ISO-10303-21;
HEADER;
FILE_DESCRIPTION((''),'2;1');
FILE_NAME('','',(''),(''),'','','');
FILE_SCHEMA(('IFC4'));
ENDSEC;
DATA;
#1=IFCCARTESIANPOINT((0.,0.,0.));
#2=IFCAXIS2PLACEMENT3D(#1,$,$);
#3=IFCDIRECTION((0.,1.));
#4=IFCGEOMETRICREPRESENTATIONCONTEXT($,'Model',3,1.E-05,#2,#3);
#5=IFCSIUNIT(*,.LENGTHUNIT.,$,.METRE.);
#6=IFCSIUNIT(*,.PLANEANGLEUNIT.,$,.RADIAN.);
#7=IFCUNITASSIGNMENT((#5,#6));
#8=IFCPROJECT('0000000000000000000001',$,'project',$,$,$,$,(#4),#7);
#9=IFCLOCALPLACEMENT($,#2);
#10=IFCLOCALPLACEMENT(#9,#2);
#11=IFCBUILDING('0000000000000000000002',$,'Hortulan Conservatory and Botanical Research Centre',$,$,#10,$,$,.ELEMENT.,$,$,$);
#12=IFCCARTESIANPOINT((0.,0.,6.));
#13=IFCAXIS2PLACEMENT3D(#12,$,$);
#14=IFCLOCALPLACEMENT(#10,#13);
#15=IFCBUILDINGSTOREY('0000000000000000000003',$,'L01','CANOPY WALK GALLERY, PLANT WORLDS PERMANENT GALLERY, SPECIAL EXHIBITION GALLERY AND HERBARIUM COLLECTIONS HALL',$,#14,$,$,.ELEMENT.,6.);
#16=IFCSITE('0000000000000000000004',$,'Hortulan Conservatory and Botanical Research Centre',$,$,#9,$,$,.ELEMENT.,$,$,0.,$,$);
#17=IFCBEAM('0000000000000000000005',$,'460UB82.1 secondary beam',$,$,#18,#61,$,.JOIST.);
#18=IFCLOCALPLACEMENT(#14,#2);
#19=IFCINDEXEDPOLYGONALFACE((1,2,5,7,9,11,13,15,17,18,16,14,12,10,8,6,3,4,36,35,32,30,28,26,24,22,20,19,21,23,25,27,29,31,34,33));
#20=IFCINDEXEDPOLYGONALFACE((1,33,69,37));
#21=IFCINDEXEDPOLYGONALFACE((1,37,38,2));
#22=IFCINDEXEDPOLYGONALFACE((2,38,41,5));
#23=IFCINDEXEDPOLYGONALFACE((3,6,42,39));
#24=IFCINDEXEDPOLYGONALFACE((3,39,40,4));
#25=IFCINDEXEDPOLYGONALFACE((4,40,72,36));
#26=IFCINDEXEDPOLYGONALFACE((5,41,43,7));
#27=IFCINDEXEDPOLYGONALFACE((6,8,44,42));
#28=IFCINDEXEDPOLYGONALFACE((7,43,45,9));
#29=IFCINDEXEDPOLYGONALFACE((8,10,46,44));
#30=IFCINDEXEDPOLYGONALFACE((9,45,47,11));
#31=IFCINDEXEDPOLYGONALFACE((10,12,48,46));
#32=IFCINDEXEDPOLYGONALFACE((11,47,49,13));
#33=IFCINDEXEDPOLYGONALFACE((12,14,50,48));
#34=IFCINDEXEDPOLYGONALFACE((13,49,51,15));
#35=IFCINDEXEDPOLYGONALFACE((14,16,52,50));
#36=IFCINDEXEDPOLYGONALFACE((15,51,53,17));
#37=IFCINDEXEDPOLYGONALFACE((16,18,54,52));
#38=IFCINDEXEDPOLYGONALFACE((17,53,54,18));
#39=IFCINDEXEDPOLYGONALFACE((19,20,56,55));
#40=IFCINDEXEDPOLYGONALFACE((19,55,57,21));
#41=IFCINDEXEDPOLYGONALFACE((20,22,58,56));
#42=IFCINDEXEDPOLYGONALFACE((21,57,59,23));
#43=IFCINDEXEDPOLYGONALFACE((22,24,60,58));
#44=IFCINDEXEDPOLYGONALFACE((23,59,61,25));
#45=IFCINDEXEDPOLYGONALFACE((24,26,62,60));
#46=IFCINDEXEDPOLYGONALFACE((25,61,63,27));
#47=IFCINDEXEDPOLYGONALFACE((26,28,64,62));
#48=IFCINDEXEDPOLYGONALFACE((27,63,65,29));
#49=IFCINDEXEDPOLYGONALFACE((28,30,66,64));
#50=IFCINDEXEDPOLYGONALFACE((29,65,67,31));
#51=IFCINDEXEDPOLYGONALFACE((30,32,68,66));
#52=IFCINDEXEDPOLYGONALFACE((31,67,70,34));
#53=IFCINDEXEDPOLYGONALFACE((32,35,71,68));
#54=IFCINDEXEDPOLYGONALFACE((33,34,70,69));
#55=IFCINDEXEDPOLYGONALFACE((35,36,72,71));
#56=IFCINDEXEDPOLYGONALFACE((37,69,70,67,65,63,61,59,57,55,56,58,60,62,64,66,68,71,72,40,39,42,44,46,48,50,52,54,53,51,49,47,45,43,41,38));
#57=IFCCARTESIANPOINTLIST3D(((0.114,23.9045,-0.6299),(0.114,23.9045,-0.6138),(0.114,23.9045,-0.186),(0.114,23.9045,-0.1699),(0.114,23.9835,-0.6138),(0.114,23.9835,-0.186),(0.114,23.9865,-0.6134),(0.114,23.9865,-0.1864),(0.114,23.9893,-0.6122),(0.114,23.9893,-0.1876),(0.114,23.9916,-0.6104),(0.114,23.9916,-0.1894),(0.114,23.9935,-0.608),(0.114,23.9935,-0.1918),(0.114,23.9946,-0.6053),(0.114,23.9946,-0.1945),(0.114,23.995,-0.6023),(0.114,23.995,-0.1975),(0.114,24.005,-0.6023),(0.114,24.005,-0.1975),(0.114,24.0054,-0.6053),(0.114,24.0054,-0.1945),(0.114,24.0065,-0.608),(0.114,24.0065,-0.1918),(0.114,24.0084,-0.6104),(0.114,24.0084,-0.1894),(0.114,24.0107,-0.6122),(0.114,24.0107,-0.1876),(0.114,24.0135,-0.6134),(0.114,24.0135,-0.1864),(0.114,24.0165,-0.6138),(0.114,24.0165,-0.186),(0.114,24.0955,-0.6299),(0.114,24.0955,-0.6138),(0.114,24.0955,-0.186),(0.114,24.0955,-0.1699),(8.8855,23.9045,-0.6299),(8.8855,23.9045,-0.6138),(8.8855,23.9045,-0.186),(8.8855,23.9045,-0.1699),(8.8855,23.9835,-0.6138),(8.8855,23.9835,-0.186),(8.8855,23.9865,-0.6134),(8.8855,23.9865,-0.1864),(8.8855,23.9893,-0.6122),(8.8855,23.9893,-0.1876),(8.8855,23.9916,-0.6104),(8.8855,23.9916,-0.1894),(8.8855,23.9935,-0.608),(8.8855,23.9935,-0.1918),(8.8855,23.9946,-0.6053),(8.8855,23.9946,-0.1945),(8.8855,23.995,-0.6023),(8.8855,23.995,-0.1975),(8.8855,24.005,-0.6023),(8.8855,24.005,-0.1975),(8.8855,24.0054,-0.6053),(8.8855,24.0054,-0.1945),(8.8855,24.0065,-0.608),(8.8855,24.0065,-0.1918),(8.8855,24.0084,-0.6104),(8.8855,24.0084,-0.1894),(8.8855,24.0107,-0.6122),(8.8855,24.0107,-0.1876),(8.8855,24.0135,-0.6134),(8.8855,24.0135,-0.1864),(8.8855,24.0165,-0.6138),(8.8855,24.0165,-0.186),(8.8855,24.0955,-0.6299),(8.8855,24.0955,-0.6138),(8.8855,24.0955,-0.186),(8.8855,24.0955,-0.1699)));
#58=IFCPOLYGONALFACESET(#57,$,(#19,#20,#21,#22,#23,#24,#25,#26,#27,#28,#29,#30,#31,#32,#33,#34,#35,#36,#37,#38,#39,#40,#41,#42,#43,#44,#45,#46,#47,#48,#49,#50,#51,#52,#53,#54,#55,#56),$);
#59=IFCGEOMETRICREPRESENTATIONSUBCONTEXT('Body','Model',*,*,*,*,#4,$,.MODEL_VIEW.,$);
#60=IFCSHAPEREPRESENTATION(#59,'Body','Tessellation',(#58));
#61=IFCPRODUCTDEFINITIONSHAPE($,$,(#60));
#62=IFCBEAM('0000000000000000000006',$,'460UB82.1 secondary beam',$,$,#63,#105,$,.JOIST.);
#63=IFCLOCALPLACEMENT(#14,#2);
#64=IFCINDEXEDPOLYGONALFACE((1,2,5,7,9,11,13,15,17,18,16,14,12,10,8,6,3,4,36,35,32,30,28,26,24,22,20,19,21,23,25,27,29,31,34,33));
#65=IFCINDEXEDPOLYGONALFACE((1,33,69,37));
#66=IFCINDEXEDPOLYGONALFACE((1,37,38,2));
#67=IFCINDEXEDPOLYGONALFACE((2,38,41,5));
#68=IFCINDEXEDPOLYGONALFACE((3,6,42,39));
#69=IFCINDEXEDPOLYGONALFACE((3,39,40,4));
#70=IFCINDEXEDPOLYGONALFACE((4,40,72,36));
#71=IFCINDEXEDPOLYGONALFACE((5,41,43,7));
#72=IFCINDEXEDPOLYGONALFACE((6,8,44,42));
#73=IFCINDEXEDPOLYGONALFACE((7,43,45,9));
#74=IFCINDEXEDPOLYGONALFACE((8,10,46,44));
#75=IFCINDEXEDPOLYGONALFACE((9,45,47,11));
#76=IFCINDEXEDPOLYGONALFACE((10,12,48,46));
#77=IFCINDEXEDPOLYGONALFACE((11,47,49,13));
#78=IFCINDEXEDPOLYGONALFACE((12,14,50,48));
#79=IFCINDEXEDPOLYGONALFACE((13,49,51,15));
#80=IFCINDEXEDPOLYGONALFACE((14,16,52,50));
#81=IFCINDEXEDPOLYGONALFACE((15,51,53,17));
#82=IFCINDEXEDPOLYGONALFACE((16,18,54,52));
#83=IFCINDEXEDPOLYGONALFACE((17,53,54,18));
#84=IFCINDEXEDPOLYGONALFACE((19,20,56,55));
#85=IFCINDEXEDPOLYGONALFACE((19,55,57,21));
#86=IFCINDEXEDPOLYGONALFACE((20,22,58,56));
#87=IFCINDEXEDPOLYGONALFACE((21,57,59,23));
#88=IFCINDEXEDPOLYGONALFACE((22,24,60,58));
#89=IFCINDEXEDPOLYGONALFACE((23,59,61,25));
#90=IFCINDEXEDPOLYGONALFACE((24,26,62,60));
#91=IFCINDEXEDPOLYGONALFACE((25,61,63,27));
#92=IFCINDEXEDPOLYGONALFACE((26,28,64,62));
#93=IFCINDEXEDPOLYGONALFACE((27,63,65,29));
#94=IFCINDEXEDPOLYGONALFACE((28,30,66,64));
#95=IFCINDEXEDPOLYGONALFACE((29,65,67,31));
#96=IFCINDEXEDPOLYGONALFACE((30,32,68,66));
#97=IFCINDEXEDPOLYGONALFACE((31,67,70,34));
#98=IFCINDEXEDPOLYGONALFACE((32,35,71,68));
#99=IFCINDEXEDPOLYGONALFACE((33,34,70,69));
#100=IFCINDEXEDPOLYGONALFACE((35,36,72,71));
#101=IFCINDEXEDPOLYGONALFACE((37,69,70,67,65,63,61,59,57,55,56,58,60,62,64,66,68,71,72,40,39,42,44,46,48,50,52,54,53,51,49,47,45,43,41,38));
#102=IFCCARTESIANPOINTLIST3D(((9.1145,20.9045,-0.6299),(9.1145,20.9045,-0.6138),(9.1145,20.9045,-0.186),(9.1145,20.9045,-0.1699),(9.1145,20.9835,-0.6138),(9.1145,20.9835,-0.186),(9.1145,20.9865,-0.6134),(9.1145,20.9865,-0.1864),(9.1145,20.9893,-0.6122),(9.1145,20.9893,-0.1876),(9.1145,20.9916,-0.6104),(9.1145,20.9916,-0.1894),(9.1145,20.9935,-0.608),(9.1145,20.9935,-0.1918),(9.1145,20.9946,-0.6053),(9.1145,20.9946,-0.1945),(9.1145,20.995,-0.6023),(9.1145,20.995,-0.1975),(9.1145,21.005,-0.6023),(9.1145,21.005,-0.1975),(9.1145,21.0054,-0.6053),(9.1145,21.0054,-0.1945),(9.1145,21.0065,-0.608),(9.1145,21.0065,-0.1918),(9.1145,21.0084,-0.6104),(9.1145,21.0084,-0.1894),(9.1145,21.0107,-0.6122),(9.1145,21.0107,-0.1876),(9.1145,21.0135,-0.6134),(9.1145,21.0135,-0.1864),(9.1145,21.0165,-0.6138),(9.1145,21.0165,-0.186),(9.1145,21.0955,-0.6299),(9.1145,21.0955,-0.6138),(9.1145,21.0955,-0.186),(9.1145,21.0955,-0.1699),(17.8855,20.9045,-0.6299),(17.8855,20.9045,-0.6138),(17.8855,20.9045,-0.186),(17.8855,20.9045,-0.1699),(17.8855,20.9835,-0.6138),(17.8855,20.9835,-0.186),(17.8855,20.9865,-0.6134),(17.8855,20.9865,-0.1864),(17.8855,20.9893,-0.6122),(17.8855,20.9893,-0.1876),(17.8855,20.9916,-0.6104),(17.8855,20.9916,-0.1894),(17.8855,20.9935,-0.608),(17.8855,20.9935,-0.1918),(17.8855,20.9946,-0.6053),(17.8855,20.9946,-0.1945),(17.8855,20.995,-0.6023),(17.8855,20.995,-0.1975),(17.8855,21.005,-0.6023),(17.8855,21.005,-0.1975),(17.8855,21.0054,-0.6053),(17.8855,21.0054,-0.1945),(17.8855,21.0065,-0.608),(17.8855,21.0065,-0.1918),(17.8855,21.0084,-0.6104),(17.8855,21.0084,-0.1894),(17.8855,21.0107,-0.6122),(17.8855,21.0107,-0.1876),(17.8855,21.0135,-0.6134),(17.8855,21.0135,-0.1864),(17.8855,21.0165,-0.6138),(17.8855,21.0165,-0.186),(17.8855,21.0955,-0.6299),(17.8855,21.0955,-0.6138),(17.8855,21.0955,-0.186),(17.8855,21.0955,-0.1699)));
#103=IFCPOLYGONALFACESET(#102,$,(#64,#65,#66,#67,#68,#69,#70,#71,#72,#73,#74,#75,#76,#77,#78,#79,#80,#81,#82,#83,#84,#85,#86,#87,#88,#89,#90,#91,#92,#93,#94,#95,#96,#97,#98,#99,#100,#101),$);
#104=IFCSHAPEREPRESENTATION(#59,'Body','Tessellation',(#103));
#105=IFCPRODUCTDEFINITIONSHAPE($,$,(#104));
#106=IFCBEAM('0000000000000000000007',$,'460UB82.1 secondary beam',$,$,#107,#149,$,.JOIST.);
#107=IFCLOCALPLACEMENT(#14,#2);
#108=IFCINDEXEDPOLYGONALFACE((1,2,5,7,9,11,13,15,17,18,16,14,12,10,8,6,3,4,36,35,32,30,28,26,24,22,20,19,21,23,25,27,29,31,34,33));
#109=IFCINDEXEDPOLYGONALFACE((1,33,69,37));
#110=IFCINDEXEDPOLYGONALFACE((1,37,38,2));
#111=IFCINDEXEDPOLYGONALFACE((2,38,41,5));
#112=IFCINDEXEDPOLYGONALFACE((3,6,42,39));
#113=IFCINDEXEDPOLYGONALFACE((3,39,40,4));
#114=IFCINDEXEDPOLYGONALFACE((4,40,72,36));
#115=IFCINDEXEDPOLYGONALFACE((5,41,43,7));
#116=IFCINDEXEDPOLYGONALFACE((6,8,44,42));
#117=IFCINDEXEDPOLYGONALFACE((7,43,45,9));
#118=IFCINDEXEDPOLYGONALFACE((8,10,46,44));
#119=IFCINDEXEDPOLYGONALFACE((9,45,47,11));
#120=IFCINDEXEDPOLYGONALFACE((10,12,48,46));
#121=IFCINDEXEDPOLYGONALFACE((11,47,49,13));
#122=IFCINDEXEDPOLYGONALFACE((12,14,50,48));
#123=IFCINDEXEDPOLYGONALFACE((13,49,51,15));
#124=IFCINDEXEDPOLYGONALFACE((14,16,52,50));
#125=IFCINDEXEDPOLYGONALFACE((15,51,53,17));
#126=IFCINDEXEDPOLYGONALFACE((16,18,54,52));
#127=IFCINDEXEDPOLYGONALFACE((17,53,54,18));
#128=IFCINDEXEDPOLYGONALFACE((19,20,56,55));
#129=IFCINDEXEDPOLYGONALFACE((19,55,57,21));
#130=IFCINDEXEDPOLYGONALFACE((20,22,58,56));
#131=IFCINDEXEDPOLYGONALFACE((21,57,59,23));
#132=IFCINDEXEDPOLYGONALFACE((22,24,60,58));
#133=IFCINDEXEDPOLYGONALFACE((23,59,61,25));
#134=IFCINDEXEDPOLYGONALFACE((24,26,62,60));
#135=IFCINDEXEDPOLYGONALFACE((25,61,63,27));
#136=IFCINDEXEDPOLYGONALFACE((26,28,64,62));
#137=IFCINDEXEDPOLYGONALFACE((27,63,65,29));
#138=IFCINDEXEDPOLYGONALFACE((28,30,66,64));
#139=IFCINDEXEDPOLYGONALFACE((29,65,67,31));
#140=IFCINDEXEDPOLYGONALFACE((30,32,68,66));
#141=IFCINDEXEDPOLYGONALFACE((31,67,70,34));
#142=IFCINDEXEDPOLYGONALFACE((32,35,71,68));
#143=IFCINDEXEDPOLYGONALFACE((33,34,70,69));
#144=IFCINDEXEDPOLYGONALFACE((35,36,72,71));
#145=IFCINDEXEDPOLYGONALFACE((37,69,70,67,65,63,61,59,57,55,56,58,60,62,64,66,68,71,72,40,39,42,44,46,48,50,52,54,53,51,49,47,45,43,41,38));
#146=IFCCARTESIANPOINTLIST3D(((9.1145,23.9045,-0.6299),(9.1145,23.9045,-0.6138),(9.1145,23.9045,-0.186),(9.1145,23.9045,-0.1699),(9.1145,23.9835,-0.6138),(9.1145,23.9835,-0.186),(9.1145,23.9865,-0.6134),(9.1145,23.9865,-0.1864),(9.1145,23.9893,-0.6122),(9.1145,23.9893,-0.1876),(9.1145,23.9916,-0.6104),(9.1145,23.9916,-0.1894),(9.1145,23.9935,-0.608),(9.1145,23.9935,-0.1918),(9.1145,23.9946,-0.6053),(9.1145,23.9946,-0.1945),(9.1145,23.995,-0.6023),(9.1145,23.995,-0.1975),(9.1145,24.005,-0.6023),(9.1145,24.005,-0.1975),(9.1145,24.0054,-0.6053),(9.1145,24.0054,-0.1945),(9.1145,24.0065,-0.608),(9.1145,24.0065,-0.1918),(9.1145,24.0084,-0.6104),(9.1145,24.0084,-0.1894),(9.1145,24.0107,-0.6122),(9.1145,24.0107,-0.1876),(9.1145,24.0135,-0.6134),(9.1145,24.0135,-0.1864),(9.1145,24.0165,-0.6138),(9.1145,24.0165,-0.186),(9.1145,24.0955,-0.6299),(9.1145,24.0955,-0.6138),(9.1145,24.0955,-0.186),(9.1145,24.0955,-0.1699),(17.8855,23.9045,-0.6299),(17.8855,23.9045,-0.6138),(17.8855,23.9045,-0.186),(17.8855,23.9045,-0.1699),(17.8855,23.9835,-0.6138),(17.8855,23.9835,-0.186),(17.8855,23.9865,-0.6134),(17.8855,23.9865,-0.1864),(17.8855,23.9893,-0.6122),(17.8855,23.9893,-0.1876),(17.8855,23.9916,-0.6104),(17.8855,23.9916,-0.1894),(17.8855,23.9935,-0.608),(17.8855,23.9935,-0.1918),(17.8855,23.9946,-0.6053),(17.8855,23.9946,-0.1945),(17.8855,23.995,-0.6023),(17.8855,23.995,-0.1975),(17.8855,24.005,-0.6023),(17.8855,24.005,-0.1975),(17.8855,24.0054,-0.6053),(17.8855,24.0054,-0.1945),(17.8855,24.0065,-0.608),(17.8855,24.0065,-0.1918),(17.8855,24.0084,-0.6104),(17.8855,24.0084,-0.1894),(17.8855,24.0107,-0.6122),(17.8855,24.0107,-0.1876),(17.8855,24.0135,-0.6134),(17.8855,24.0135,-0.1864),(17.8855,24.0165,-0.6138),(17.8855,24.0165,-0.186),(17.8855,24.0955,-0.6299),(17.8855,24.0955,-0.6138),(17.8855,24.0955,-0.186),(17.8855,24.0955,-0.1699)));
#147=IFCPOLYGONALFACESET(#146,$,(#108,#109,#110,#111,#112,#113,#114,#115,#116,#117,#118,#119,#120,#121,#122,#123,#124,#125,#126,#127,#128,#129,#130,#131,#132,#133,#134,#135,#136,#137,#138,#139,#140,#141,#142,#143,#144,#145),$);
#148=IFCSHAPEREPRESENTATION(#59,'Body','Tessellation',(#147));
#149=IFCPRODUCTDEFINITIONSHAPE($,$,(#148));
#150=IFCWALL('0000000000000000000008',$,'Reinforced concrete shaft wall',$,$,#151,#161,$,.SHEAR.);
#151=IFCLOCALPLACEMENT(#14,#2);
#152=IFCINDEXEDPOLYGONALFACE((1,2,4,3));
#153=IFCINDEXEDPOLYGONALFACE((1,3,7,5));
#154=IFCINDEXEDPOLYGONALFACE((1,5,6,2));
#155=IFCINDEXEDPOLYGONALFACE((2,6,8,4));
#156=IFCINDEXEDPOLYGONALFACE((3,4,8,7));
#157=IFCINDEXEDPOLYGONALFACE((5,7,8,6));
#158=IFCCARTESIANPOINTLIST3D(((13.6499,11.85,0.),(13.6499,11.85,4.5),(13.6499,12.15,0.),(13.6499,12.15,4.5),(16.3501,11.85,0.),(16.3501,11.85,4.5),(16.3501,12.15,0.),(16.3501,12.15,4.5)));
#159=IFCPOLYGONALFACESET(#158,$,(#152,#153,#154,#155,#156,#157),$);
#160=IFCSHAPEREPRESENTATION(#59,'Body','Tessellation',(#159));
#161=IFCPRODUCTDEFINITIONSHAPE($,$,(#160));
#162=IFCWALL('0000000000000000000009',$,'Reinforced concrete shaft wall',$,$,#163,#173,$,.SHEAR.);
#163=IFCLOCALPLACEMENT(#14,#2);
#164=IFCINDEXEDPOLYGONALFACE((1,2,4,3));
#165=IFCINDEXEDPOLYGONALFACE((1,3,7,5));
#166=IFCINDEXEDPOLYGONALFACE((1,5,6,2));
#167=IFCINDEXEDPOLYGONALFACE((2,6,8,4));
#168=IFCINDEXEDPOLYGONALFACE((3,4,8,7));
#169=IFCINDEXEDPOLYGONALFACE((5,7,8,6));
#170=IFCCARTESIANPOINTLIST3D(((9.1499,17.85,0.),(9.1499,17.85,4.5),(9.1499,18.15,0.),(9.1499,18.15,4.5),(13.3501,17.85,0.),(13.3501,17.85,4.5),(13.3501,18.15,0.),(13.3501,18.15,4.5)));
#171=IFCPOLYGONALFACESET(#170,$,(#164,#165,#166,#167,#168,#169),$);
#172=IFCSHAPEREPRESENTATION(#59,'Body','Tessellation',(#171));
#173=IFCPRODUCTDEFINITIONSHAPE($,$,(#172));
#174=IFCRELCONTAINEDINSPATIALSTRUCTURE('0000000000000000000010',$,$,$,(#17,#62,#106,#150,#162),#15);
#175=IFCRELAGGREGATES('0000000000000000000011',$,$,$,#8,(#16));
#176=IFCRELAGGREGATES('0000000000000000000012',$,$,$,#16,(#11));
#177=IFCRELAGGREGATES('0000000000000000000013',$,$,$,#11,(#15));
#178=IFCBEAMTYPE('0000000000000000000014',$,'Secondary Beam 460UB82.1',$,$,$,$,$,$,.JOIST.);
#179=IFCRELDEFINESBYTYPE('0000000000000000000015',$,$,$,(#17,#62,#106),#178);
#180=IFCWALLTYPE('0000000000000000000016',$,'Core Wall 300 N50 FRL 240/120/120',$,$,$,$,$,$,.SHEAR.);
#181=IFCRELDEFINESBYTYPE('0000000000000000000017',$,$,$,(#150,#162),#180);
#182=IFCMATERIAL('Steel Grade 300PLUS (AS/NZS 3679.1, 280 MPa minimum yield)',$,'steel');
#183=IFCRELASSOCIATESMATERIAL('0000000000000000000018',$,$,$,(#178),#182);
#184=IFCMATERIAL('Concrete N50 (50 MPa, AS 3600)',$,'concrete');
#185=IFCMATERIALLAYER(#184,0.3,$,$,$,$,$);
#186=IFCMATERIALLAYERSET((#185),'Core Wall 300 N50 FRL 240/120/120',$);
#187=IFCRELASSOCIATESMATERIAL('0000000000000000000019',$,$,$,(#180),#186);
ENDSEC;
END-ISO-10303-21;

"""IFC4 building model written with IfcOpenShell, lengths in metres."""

from ifc_helpers import new_model, si_unit, direction, frame, frame_2d, origin, origin_2d, place, context, subcontext, project, spatial, rectangle, i_section, extrude, material, layer, layer_set, material_profile, profile_set, type_object, element, save


model = new_model("IFC4")

# Units and contexts
model_context = context("Model", 3, precision=1e-05, world=origin(), true_north=direction((0.0, 1.0)))
body_context = subcontext(model_context, "Body", "Model", "MODEL_VIEW")
ifc_project = project(units=[si_unit("LENGTHUNIT", "METRE"), si_unit("PLANEANGLEUNIT", "RADIAN")], contexts=[model_context])

# Site, building, storey
site_placement = place(None, origin())
site = spatial("IfcSite", under=ifc_project, at=site_placement, Name="Hortulan Conservatory and Botanical Research Centre", CompositionType="ELEMENT", RefElevation=0.0)
building_placement = place(site_placement, origin())
building = spatial("IfcBuilding", under=site, at=building_placement, Name="Hortulan Conservatory and Botanical Research Centre", CompositionType="ELEMENT")
storey_placement = place(building_placement, frame((0.0, 0.0, 6.0)))
storey = spatial("IfcBuildingStorey", under=building, at=storey_placement, Name="L01", Description="CANOPY WALK GALLERY, PLANT WORLDS PERMANENT GALLERY, SPECIAL EXHIBITION GALLERY AND HERBARIUM COLLECTIONS HALL", CompositionType="ELEMENT", Elevation=6.0)

# Beams
ifc_material_1 = material(Name="Steel Grade 300PLUS (AS/NZS 3679.1, 280 MPa minimum yield)", Category="steel")
ifc_material_profile_1 = material_profile(ifc_material_1, i_section(OverallWidth=0.1909, OverallDepth=0.46, WebThickness=0.01, FlangeThickness=0.0161, FilletRadius=0.0115, at=origin_2d()), Name="460UB82.1")
ifc_profile_set_1 = profile_set([ifc_material_profile_1], Name="Steel Grade 300PLUS (AS/NZS 3679.1, 280 MPa minimum yield)")
beam_type_1 = type_object("IfcBeamType", Name="Secondary Beam 460UB82.1", PredefinedType="JOIST", material=ifc_profile_set_1)
for number, where, z_axis, x_axis, name in (
    (1, (0.114, 24.0, -0.3999), (1.0, 0.0, 0.0), (0.0, 1.0, 0.0), "460UB82.1 secondary beam"),
):
    element("IfcBeam", number, at=place(storey_placement, frame(where, z_axis=z_axis, x_axis=x_axis)), inside=storey, type_object=beam_type_1, Name=name, PredefinedType="JOIST", context=body_context, shape_type="SweptSolid", body=[
        extrude(i_section(OverallWidth=0.1909, OverallDepth=0.46, WebThickness=0.01, FlangeThickness=0.0161, FilletRadius=0.0115, at=origin_2d()), origin(), (0.0, 0.0, 1.0), 8.7715),
    ])
for number, where, z_axis, x_axis, name in (
    (2, (9.1145, 21.0, -0.3999), (1.0, 0.0, 0.0), (0.0, 1.0, 0.0), "460UB82.1 secondary beam"),
    (3, (9.1145, 24.0, -0.3999), (1.0, 0.0, 0.0), (0.0, 1.0, 0.0), "460UB82.1 secondary beam"),
):
    element("IfcBeam", number, at=place(storey_placement, frame(where, z_axis=z_axis, x_axis=x_axis)), inside=storey, type_object=beam_type_1, Name=name, PredefinedType="JOIST", context=body_context, shape_type="SweptSolid", body=[
        extrude(i_section(OverallWidth=0.1909, OverallDepth=0.46, WebThickness=0.01, FlangeThickness=0.0161, FilletRadius=0.0115, at=origin_2d()), origin(), (0.0, 0.0, 1.0), 8.771),
    ])

# Walls
ifc_material_2 = material(Name="Concrete N50 (50 MPa, AS 3600)", Category="concrete")
ifc_layer_1 = layer(ifc_material_2, 0.3)
ifc_layer_set_1 = layer_set([ifc_layer_1], Name="Core Wall 300 N50 FRL 240/120/120")
wall_type_1 = type_object("IfcWallType", Name="Core Wall 300 N50 FRL 240/120/120", PredefinedType="SHEAR", material=ifc_layer_set_1)
wall_1_placement = place(storey_placement, frame((13.6499, 12.0, 0.0), z_axis=(0.0, 0.0, 1.0), x_axis=(1.0, 0.0, 0.0)))
element("IfcWall", 4, at=wall_1_placement, inside=storey, type_object=wall_type_1, Name="Reinforced concrete shaft wall", PredefinedType="SHEAR", context=body_context, shape_type="SweptSolid", body=[
    extrude(rectangle(XDim=2.7002, YDim=0.3, at=frame_2d((1.3501, 0.0))), origin(), (0.0, 0.0, 1.0), 4.5),
])
wall_2_placement = place(storey_placement, frame((9.1499, 18.0, 0.0), z_axis=(0.0, 0.0, 1.0), x_axis=(1.0, 0.0, 0.0)))
element("IfcWall", 5, at=wall_2_placement, inside=storey, type_object=wall_type_1, Name="Reinforced concrete shaft wall", PredefinedType="SHEAR", context=body_context, shape_type="SweptSolid", body=[
    extrude(rectangle(XDim=4.2002, YDim=0.3, at=frame_2d((2.1001, 0.0))), origin(), (0.0, 0.0, 1.0), 4.5),
])

save(model, "model.ifc")
